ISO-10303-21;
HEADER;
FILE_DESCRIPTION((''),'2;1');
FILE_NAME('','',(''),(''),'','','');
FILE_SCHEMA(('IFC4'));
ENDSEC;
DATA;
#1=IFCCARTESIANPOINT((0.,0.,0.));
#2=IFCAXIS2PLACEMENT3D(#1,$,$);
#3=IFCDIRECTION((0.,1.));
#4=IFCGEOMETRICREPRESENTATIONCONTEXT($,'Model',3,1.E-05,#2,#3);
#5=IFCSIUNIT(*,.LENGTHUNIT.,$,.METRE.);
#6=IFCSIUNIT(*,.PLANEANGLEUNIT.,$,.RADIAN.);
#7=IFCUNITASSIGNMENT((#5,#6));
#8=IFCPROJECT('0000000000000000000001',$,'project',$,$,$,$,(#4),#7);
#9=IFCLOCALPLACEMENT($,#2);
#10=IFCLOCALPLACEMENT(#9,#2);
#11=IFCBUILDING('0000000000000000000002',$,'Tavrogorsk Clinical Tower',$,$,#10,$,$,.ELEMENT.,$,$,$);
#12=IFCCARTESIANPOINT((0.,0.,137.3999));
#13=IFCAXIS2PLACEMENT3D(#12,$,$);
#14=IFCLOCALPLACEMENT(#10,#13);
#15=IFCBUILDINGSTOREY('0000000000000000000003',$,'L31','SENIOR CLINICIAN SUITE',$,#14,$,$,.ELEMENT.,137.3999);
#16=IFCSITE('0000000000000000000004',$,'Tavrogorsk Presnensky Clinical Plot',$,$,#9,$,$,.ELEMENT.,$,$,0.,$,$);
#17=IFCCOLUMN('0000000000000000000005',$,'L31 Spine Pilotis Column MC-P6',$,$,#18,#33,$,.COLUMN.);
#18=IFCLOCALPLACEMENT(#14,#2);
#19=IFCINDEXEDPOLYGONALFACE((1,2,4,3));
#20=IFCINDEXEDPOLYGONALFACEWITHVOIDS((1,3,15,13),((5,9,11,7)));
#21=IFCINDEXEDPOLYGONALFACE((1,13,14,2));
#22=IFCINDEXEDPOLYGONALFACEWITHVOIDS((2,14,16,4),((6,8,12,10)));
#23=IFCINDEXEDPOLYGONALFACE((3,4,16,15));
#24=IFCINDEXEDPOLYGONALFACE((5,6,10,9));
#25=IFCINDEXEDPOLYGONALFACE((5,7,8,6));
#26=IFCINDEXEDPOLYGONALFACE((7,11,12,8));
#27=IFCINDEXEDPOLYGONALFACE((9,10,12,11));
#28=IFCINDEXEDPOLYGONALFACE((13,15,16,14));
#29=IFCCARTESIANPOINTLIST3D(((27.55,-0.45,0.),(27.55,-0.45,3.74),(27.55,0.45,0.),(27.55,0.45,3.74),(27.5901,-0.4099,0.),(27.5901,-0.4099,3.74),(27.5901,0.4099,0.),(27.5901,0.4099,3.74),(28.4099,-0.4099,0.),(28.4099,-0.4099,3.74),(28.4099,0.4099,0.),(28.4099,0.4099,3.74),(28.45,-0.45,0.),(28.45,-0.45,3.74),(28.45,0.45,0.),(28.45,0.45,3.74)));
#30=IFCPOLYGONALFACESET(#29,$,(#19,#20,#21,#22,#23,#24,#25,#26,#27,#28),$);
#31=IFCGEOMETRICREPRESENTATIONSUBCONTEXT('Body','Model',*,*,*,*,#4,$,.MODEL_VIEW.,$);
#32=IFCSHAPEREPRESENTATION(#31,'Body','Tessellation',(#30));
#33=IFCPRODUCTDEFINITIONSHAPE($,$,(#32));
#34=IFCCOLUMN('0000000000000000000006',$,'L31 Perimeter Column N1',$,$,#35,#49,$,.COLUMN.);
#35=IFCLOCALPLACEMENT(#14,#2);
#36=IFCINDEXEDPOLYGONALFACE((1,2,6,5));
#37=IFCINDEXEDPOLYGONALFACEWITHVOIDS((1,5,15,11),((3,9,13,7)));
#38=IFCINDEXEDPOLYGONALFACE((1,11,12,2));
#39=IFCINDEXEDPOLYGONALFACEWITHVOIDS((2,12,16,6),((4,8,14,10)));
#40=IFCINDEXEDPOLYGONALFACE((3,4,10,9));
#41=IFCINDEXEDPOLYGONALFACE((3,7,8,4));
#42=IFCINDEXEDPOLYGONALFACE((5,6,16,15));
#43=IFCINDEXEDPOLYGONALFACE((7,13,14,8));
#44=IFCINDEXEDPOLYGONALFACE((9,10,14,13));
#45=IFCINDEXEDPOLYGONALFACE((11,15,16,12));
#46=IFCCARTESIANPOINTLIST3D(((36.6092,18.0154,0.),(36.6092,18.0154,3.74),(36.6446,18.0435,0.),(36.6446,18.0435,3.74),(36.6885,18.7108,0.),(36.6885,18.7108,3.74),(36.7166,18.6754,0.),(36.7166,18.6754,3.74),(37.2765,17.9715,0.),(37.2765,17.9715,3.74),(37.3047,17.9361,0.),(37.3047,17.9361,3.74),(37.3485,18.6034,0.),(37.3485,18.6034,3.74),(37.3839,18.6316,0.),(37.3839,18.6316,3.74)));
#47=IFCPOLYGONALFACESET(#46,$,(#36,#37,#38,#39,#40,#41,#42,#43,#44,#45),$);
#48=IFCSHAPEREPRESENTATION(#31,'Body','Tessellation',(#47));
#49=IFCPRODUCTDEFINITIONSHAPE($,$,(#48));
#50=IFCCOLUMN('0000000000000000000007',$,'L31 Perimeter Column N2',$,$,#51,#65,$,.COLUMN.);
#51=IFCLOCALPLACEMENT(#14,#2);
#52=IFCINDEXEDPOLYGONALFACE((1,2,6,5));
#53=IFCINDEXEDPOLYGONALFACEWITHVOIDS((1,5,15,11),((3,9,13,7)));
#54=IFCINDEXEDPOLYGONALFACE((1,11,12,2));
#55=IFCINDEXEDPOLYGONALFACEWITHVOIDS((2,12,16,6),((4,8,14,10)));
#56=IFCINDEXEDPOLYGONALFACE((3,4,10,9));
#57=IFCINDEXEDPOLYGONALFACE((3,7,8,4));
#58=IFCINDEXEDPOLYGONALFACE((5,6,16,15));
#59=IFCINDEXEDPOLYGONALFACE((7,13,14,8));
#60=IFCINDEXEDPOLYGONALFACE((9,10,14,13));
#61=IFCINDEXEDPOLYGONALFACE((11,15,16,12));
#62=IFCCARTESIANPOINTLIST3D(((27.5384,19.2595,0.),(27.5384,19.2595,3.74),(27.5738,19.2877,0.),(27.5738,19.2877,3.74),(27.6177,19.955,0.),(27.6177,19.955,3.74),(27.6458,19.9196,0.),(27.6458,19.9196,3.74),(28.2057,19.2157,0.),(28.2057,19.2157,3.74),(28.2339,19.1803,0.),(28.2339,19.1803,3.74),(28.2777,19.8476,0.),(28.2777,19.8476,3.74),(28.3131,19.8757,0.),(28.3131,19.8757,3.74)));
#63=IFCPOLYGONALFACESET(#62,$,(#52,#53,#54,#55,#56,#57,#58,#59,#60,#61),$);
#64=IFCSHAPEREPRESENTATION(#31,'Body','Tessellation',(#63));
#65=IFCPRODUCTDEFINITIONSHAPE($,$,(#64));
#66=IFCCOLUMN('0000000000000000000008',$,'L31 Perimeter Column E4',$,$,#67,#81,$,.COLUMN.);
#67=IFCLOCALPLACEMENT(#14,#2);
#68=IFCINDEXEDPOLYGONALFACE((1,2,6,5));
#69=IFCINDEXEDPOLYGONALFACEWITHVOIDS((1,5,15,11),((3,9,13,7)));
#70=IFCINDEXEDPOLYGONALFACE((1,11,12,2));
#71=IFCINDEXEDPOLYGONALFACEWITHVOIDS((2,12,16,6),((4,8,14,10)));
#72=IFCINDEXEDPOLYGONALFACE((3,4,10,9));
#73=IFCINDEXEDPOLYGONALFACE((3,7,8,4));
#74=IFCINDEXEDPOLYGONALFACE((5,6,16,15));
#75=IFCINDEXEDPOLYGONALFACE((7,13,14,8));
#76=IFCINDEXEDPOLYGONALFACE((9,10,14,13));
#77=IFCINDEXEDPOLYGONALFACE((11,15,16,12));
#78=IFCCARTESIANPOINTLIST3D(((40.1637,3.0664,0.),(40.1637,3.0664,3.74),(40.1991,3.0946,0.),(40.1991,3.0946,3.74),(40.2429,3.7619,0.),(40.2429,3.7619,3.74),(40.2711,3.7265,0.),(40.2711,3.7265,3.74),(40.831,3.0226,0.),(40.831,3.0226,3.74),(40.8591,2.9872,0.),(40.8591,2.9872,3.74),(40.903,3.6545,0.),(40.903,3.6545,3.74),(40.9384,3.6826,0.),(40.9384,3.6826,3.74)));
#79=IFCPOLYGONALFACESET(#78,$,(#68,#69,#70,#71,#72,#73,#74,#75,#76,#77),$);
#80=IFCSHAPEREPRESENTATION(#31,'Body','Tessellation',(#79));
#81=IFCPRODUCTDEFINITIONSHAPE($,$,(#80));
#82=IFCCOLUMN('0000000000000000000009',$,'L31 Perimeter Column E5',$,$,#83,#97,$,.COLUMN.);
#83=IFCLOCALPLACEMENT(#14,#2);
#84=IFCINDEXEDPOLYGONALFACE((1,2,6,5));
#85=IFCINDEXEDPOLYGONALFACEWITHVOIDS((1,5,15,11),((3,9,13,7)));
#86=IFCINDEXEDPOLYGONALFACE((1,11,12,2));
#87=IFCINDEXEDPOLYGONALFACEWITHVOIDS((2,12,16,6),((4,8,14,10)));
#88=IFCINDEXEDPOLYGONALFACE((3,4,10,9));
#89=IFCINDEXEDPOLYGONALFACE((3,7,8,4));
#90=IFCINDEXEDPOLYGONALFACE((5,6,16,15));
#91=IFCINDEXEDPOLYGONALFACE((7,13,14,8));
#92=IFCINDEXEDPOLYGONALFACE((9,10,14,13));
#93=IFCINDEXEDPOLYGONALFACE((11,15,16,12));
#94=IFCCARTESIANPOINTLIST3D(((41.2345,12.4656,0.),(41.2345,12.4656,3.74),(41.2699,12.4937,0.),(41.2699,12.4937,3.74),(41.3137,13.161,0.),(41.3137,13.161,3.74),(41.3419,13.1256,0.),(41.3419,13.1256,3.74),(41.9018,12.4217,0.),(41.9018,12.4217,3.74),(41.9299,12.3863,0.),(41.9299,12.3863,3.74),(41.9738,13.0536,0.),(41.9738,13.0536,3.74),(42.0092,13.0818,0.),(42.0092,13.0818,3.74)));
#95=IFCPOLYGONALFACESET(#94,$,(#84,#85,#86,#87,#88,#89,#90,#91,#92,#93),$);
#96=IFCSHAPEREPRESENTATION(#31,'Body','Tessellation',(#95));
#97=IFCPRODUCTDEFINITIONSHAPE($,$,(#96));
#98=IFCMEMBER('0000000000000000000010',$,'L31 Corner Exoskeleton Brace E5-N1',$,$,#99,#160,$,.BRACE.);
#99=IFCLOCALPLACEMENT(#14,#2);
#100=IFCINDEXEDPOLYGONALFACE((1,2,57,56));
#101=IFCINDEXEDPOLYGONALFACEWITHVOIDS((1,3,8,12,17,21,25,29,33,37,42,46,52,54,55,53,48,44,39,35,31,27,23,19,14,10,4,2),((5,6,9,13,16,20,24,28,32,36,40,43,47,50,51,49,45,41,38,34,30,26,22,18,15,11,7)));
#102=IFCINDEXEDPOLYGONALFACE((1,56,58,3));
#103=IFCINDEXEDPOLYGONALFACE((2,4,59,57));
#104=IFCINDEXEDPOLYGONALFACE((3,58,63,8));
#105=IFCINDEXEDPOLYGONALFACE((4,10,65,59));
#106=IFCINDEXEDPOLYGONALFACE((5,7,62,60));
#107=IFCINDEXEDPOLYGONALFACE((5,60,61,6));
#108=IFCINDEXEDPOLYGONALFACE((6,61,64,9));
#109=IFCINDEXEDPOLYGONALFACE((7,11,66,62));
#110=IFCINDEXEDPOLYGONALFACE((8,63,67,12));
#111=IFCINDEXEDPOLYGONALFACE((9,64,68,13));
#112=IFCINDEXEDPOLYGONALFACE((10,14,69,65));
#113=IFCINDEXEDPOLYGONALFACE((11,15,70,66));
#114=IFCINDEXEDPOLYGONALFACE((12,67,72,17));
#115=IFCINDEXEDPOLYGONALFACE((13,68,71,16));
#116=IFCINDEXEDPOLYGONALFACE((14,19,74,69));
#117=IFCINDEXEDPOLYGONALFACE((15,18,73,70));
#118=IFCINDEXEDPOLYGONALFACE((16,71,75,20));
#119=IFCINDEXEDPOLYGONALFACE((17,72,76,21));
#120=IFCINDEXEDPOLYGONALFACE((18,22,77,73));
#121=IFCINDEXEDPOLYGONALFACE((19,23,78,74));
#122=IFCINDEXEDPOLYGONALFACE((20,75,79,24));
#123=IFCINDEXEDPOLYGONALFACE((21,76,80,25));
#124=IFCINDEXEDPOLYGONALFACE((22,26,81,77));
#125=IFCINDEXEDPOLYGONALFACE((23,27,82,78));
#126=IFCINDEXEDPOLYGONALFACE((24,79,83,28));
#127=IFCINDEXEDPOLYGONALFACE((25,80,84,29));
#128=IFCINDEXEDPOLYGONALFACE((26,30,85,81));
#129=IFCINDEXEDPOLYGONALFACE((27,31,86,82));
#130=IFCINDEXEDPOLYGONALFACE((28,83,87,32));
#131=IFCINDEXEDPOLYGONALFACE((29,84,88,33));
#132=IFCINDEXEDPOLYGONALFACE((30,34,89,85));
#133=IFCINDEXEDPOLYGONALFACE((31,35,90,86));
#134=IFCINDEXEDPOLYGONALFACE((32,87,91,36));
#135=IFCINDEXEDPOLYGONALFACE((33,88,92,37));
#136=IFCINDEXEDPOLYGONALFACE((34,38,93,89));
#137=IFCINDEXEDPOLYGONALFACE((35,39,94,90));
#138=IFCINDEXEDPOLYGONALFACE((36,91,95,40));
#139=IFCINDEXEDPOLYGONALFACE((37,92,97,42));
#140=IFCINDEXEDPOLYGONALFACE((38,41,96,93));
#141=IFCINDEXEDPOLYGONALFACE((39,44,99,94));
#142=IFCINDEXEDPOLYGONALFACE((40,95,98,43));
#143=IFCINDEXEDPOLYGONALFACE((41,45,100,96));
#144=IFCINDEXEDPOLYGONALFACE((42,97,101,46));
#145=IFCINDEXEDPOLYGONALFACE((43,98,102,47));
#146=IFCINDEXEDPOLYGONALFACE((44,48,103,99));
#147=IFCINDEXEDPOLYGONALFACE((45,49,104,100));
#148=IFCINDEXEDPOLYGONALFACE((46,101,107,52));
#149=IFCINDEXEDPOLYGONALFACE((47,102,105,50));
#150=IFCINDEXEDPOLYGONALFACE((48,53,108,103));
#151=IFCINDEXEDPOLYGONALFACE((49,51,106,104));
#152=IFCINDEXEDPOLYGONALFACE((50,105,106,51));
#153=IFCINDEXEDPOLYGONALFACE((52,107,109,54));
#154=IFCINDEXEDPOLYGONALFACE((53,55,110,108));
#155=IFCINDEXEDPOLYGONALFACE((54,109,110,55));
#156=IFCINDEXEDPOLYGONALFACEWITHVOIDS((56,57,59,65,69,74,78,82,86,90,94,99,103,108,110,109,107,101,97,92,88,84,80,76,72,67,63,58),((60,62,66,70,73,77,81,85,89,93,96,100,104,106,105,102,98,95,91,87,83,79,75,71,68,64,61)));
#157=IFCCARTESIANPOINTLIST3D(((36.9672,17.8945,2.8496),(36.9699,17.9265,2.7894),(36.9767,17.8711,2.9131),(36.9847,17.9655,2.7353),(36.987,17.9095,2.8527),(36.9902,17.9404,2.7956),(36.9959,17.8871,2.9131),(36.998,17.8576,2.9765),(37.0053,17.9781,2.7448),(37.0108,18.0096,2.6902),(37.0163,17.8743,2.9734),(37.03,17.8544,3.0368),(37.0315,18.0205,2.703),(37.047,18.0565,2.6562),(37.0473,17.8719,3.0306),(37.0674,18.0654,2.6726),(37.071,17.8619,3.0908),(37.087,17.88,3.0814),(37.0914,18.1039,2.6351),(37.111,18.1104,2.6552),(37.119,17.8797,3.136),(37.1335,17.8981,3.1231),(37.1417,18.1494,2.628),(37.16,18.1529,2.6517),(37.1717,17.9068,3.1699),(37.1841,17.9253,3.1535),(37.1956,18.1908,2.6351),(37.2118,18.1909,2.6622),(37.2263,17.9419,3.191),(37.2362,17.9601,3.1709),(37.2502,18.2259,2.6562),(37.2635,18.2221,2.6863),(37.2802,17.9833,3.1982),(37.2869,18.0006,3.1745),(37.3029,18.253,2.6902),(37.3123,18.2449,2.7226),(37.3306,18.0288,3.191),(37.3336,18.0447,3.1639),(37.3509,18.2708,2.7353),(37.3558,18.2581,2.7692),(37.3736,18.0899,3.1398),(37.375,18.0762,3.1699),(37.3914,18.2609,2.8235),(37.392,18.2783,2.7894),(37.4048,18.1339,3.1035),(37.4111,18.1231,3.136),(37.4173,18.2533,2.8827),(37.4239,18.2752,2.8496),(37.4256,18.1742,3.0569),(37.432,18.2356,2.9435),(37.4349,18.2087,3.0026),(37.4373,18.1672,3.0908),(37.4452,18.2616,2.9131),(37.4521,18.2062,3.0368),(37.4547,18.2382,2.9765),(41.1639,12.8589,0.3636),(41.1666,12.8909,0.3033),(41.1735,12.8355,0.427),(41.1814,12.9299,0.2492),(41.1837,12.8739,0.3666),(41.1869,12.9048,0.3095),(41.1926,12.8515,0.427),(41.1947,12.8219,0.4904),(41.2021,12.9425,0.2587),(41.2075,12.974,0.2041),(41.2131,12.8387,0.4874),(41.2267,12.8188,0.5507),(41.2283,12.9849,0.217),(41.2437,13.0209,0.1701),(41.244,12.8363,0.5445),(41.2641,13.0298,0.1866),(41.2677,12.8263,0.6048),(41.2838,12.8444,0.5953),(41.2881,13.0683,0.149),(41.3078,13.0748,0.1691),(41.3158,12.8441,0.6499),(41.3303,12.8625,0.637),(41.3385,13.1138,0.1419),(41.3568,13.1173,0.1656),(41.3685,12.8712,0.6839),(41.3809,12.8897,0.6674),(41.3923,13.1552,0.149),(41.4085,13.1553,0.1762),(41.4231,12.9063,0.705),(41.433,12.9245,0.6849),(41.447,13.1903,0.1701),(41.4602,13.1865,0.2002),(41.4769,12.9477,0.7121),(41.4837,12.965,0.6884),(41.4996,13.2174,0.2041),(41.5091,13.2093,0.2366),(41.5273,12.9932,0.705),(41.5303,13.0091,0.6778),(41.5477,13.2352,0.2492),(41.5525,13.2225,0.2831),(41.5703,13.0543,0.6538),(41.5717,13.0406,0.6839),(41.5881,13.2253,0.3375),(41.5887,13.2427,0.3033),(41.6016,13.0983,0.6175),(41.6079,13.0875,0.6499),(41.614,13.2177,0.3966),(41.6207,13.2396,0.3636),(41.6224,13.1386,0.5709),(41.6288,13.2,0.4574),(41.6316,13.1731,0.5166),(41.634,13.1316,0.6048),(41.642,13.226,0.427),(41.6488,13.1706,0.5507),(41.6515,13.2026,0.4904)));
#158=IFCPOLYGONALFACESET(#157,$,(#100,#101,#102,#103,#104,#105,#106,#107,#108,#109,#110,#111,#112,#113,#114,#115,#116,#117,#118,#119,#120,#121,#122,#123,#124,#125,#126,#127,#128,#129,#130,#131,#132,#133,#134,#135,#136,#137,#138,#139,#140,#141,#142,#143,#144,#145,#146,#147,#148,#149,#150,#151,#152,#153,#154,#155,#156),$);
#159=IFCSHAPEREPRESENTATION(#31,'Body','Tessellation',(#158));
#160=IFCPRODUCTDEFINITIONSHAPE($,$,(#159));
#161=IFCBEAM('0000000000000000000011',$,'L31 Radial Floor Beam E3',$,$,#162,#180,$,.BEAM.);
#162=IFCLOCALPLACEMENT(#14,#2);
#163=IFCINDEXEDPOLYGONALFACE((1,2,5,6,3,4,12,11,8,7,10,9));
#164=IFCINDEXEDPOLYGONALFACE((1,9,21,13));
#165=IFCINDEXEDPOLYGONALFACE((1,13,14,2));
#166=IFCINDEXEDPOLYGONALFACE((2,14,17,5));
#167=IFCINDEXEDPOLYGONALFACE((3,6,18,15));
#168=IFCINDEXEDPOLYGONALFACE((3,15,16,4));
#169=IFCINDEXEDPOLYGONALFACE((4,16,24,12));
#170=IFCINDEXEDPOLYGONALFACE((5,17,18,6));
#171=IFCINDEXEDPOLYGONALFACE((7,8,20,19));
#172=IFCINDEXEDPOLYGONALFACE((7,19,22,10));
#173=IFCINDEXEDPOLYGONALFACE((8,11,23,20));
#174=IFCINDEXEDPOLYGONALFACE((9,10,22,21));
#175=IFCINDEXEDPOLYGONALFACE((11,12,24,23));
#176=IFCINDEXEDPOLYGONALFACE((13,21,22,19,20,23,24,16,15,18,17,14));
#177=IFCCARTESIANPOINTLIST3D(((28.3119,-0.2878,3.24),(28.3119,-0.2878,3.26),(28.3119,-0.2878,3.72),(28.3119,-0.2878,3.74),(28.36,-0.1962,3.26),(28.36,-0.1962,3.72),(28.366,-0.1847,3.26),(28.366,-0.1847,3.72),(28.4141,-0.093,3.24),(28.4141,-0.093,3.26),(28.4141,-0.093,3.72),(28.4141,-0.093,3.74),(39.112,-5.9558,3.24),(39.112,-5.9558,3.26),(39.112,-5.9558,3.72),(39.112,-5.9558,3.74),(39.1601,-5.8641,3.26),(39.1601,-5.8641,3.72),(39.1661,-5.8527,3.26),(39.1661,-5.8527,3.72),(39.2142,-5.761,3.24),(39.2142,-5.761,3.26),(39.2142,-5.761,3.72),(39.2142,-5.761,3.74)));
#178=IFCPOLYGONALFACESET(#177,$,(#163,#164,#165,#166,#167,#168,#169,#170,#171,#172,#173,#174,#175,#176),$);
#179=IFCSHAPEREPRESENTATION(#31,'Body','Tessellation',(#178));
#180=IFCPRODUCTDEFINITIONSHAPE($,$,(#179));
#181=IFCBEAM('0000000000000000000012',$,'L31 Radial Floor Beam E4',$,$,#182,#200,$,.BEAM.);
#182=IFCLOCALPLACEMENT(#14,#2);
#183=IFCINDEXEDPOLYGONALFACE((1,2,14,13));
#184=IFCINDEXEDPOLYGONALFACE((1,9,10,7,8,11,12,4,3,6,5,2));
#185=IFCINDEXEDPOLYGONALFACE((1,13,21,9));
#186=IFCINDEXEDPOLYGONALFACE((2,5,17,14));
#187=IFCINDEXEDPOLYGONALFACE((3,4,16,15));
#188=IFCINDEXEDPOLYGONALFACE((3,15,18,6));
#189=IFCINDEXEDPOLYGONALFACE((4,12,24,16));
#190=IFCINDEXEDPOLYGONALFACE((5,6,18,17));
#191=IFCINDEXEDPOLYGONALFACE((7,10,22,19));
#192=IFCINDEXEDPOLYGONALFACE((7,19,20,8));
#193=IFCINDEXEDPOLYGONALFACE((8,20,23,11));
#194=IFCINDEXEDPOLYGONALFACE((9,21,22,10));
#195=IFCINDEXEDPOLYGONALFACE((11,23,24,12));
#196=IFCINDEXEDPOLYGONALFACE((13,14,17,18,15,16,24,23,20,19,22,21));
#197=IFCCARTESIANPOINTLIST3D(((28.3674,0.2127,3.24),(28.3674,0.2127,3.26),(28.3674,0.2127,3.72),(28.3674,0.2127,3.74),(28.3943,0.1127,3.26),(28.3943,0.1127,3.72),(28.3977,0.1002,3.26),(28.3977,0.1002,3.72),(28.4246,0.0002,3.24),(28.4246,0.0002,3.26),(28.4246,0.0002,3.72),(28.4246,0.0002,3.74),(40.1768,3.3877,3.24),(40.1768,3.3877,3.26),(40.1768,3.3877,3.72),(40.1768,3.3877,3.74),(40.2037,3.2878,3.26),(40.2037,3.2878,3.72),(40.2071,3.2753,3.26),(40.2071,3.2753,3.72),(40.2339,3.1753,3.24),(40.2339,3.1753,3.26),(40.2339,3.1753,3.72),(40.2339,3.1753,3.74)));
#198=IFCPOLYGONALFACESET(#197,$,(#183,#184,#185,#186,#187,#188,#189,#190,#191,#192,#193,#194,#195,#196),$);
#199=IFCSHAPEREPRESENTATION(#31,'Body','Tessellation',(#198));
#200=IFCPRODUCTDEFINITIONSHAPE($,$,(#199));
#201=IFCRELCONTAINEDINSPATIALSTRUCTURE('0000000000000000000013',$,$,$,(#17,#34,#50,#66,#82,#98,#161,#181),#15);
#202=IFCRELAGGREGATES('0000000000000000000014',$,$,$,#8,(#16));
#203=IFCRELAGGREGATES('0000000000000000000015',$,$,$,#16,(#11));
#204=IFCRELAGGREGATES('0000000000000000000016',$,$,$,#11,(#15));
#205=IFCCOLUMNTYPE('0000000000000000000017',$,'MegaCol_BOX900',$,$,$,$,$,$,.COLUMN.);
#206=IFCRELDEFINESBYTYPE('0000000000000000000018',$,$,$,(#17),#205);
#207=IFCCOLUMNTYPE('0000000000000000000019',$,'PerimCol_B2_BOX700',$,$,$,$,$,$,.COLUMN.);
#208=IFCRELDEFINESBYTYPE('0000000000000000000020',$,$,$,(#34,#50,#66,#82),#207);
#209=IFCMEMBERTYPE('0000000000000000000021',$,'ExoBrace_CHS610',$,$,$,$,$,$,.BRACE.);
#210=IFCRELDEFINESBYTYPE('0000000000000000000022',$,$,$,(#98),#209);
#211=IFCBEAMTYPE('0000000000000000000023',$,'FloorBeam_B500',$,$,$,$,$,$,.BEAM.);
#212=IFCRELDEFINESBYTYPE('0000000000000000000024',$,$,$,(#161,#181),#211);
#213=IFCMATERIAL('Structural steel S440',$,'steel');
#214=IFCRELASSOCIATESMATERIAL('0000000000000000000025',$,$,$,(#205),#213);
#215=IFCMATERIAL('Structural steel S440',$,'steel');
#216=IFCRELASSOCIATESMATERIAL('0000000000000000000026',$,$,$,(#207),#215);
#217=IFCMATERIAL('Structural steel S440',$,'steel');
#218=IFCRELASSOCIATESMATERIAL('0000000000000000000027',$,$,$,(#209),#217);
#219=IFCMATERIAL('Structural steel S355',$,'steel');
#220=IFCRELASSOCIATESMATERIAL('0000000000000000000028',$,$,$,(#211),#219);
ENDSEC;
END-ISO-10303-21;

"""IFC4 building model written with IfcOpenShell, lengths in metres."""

from ifc_helpers import new_model, si_unit, direction, frame, origin, origin_2d, place, context, subcontext, project, spatial, hollow_rectangle, hollow_circle, i_section, extrude, material, material_profile, profile_set, type_object, element, save


model = new_model("IFC4")

# Units and contexts
model_context = context("Model", 3, precision=1e-05, world=origin(), true_north=direction((0.0, 1.0)))
body_context = subcontext(model_context, "Body", "Model", "MODEL_VIEW")
ifc_project = project(units=[si_unit("LENGTHUNIT", "METRE"), si_unit("PLANEANGLEUNIT", "RADIAN")], contexts=[model_context])

# Site, building, storey
site_placement = place(None, origin())
site = spatial("IfcSite", under=ifc_project, at=site_placement, Name="Tavrogorsk Presnensky Clinical Plot", CompositionType="ELEMENT", RefElevation=0.0)
building_placement = place(site_placement, origin())
building = spatial("IfcBuilding", under=site, at=building_placement, Name="Tavrogorsk Clinical Tower", CompositionType="ELEMENT")
storey_placement = place(building_placement, frame((0.0, 0.0, 137.3999)))
storey = spatial("IfcBuildingStorey", under=building, at=storey_placement, Name="L31", Description="SENIOR CLINICIAN SUITE", CompositionType="ELEMENT", Elevation=137.3999)

# Columns
ifc_material_1 = material(Name="Structural steel S440", Category="steel")
ifc_material_profile_1 = material_profile(ifc_material_1, hollow_rectangle(XDim=0.8999, YDim=0.8999, WallThickness=0.04, at=origin_2d()), Name="BOX-900x900x40")
ifc_profile_set_1 = profile_set([ifc_material_profile_1], Name="Structural steel S440")
column_type_1 = type_object("IfcColumnType", Name="MegaCol_BOX900", PredefinedType="COLUMN", material=ifc_profile_set_1)
column_placement = place(storey_placement, frame((28.0, 0.0, 0.0), z_axis=(0.0, 0.0, 1.0), x_axis=(1.0, 0.0, 0.0)))
element("IfcColumn", 1, at=column_placement, inside=storey, type_object=column_type_1, Name="L31 Spine Pilotis Column MC-P6", PredefinedType="COLUMN", context=body_context, shape_type="SweptSolid", body=[
    extrude(hollow_rectangle(XDim=0.8999, YDim=0.8999, WallThickness=0.04, at=origin_2d()), origin(), (0.0, 0.0, 1.0), 3.74),
])
ifc_material_2 = material(Name="Structural steel S440", Category="steel")
ifc_material_profile_2 = material_profile(ifc_material_2, hollow_rectangle(XDim=0.7, YDim=0.7, WallThickness=0.032, at=origin_2d()), Name="BOX-700x700x32")
ifc_profile_set_2 = profile_set([ifc_material_profile_2], Name="Structural steel S440")
column_type_2 = type_object("IfcColumnType", Name="PerimCol_B2_BOX700", PredefinedType="COLUMN", material=ifc_profile_set_2)
for number, where, z_axis, x_axis, name in (
    (2, (36.9966, 18.3235, 0.0), (0.0, 0.0, 1.0), (0.993572, -0.113203, 0.0), "L31 Perimeter Column N1"),
    (3, (27.9258, 19.5676, 0.0), (0.0, 0.0, 1.0), (0.993572, -0.113203, 0.0), "L31 Perimeter Column N2"),
    (4, (40.551, 3.3745, 0.0), (0.0, 0.0, 1.0), (0.993572, -0.113203, 0.0), "L31 Perimeter Column E4"),
    (5, (41.6218, 12.7737, 0.0), (0.0, 0.0, 1.0), (0.993572, -0.113203, 0.0), "L31 Perimeter Column E5"),
):
    element("IfcColumn", number, at=place(storey_placement, frame(where, z_axis=z_axis, x_axis=x_axis)), inside=storey, type_object=column_type_2, Name=name, PredefinedType="COLUMN", context=body_context, shape_type="SweptSolid", body=[
        extrude(hollow_rectangle(XDim=0.7, YDim=0.7, WallThickness=0.032, at=origin_2d()), origin(), (0.0, 0.0, 1.0), 3.74),
    ])

# Member
ifc_material_3 = material(Name="Structural steel S440", Category="steel")
ifc_material_profile_3 = material_profile(ifc_material_3, hollow_circle(Radius=0.3049, WallThickness=0.0249, at=origin_2d()), Name="CHS-610x25")
ifc_profile_set_3 = profile_set([ifc_material_profile_3], Name="Structural steel S440")
member_type_1 = type_object("IfcMemberType", Name="ExoBrace_CHS610", PredefinedType="BRACE", material=ifc_profile_set_3)
member_placement = place(storey_placement, frame((41.4077, 13.0308, 0.427), z_axis=(-0.598616, 0.71827, 0.354608), x_axis=(-0.768191, -0.640221, 0.0)))
element("IfcMember", 6, at=member_placement, inside=storey, type_object=member_type_1, Name="L31 Corner Exoskeleton Brace E5-N1", PredefinedType="BRACE", context=body_context, shape_type="SweptSolid", body=[
    extrude(hollow_circle(Radius=0.3049, WallThickness=0.0249, at=origin_2d()), origin(), (0.0, 0.0, 1.0), 7.0107),
])

# Beams
ifc_material_4 = material(Name="Structural steel S355", Category="steel")
ifc_material_profile_4 = material_profile(ifc_material_4, i_section(OverallWidth=0.22, OverallDepth=0.5, WebThickness=0.0129, FlangeThickness=0.02, at=origin_2d()), Name="B-500x220x13x20")
ifc_profile_set_4 = profile_set([ifc_material_profile_4], Name="Structural steel S355")
beam_type_1 = type_object("IfcBeamType", Name="FloorBeam_B500", PredefinedType="BEAM", material=ifc_profile_set_4)
beam_1_placement = place(storey_placement, frame((28.363, -0.1904, 3.49), z_axis=(0.885467, -0.464702, 0.0), x_axis=(0.464702, 0.885467, 0.0)))
element("IfcBeam", 7, at=beam_1_placement, inside=storey, type_object=beam_type_1, Name="L31 Radial Floor Beam E3", PredefinedType="BEAM", context=body_context, shape_type="SweptSolid", body=[
    extrude(i_section(OverallWidth=0.22, OverallDepth=0.5, WebThickness=0.0129, FlangeThickness=0.02, at=origin_2d()), origin(), (0.0, 0.0, 1.0), 12.197),
])
beam_2_placement = place(storey_placement, frame((28.396, 0.1064, 3.49), z_axis=(0.965706, 0.259639, 0.0), x_axis=(-0.259639, 0.965706, 0.0)))
element("IfcBeam", 8, at=beam_2_placement, inside=storey, type_object=beam_type_1, Name="L31 Radial Floor Beam E4", PredefinedType="BEAM", context=body_context, shape_type="SweptSolid", body=[
    extrude(i_section(OverallWidth=0.22, OverallDepth=0.5, WebThickness=0.0129, FlangeThickness=0.02, at=origin_2d()), origin(), (0.0, 0.0, 1.0), 12.2288),
])

save(model, "model.ifc")
